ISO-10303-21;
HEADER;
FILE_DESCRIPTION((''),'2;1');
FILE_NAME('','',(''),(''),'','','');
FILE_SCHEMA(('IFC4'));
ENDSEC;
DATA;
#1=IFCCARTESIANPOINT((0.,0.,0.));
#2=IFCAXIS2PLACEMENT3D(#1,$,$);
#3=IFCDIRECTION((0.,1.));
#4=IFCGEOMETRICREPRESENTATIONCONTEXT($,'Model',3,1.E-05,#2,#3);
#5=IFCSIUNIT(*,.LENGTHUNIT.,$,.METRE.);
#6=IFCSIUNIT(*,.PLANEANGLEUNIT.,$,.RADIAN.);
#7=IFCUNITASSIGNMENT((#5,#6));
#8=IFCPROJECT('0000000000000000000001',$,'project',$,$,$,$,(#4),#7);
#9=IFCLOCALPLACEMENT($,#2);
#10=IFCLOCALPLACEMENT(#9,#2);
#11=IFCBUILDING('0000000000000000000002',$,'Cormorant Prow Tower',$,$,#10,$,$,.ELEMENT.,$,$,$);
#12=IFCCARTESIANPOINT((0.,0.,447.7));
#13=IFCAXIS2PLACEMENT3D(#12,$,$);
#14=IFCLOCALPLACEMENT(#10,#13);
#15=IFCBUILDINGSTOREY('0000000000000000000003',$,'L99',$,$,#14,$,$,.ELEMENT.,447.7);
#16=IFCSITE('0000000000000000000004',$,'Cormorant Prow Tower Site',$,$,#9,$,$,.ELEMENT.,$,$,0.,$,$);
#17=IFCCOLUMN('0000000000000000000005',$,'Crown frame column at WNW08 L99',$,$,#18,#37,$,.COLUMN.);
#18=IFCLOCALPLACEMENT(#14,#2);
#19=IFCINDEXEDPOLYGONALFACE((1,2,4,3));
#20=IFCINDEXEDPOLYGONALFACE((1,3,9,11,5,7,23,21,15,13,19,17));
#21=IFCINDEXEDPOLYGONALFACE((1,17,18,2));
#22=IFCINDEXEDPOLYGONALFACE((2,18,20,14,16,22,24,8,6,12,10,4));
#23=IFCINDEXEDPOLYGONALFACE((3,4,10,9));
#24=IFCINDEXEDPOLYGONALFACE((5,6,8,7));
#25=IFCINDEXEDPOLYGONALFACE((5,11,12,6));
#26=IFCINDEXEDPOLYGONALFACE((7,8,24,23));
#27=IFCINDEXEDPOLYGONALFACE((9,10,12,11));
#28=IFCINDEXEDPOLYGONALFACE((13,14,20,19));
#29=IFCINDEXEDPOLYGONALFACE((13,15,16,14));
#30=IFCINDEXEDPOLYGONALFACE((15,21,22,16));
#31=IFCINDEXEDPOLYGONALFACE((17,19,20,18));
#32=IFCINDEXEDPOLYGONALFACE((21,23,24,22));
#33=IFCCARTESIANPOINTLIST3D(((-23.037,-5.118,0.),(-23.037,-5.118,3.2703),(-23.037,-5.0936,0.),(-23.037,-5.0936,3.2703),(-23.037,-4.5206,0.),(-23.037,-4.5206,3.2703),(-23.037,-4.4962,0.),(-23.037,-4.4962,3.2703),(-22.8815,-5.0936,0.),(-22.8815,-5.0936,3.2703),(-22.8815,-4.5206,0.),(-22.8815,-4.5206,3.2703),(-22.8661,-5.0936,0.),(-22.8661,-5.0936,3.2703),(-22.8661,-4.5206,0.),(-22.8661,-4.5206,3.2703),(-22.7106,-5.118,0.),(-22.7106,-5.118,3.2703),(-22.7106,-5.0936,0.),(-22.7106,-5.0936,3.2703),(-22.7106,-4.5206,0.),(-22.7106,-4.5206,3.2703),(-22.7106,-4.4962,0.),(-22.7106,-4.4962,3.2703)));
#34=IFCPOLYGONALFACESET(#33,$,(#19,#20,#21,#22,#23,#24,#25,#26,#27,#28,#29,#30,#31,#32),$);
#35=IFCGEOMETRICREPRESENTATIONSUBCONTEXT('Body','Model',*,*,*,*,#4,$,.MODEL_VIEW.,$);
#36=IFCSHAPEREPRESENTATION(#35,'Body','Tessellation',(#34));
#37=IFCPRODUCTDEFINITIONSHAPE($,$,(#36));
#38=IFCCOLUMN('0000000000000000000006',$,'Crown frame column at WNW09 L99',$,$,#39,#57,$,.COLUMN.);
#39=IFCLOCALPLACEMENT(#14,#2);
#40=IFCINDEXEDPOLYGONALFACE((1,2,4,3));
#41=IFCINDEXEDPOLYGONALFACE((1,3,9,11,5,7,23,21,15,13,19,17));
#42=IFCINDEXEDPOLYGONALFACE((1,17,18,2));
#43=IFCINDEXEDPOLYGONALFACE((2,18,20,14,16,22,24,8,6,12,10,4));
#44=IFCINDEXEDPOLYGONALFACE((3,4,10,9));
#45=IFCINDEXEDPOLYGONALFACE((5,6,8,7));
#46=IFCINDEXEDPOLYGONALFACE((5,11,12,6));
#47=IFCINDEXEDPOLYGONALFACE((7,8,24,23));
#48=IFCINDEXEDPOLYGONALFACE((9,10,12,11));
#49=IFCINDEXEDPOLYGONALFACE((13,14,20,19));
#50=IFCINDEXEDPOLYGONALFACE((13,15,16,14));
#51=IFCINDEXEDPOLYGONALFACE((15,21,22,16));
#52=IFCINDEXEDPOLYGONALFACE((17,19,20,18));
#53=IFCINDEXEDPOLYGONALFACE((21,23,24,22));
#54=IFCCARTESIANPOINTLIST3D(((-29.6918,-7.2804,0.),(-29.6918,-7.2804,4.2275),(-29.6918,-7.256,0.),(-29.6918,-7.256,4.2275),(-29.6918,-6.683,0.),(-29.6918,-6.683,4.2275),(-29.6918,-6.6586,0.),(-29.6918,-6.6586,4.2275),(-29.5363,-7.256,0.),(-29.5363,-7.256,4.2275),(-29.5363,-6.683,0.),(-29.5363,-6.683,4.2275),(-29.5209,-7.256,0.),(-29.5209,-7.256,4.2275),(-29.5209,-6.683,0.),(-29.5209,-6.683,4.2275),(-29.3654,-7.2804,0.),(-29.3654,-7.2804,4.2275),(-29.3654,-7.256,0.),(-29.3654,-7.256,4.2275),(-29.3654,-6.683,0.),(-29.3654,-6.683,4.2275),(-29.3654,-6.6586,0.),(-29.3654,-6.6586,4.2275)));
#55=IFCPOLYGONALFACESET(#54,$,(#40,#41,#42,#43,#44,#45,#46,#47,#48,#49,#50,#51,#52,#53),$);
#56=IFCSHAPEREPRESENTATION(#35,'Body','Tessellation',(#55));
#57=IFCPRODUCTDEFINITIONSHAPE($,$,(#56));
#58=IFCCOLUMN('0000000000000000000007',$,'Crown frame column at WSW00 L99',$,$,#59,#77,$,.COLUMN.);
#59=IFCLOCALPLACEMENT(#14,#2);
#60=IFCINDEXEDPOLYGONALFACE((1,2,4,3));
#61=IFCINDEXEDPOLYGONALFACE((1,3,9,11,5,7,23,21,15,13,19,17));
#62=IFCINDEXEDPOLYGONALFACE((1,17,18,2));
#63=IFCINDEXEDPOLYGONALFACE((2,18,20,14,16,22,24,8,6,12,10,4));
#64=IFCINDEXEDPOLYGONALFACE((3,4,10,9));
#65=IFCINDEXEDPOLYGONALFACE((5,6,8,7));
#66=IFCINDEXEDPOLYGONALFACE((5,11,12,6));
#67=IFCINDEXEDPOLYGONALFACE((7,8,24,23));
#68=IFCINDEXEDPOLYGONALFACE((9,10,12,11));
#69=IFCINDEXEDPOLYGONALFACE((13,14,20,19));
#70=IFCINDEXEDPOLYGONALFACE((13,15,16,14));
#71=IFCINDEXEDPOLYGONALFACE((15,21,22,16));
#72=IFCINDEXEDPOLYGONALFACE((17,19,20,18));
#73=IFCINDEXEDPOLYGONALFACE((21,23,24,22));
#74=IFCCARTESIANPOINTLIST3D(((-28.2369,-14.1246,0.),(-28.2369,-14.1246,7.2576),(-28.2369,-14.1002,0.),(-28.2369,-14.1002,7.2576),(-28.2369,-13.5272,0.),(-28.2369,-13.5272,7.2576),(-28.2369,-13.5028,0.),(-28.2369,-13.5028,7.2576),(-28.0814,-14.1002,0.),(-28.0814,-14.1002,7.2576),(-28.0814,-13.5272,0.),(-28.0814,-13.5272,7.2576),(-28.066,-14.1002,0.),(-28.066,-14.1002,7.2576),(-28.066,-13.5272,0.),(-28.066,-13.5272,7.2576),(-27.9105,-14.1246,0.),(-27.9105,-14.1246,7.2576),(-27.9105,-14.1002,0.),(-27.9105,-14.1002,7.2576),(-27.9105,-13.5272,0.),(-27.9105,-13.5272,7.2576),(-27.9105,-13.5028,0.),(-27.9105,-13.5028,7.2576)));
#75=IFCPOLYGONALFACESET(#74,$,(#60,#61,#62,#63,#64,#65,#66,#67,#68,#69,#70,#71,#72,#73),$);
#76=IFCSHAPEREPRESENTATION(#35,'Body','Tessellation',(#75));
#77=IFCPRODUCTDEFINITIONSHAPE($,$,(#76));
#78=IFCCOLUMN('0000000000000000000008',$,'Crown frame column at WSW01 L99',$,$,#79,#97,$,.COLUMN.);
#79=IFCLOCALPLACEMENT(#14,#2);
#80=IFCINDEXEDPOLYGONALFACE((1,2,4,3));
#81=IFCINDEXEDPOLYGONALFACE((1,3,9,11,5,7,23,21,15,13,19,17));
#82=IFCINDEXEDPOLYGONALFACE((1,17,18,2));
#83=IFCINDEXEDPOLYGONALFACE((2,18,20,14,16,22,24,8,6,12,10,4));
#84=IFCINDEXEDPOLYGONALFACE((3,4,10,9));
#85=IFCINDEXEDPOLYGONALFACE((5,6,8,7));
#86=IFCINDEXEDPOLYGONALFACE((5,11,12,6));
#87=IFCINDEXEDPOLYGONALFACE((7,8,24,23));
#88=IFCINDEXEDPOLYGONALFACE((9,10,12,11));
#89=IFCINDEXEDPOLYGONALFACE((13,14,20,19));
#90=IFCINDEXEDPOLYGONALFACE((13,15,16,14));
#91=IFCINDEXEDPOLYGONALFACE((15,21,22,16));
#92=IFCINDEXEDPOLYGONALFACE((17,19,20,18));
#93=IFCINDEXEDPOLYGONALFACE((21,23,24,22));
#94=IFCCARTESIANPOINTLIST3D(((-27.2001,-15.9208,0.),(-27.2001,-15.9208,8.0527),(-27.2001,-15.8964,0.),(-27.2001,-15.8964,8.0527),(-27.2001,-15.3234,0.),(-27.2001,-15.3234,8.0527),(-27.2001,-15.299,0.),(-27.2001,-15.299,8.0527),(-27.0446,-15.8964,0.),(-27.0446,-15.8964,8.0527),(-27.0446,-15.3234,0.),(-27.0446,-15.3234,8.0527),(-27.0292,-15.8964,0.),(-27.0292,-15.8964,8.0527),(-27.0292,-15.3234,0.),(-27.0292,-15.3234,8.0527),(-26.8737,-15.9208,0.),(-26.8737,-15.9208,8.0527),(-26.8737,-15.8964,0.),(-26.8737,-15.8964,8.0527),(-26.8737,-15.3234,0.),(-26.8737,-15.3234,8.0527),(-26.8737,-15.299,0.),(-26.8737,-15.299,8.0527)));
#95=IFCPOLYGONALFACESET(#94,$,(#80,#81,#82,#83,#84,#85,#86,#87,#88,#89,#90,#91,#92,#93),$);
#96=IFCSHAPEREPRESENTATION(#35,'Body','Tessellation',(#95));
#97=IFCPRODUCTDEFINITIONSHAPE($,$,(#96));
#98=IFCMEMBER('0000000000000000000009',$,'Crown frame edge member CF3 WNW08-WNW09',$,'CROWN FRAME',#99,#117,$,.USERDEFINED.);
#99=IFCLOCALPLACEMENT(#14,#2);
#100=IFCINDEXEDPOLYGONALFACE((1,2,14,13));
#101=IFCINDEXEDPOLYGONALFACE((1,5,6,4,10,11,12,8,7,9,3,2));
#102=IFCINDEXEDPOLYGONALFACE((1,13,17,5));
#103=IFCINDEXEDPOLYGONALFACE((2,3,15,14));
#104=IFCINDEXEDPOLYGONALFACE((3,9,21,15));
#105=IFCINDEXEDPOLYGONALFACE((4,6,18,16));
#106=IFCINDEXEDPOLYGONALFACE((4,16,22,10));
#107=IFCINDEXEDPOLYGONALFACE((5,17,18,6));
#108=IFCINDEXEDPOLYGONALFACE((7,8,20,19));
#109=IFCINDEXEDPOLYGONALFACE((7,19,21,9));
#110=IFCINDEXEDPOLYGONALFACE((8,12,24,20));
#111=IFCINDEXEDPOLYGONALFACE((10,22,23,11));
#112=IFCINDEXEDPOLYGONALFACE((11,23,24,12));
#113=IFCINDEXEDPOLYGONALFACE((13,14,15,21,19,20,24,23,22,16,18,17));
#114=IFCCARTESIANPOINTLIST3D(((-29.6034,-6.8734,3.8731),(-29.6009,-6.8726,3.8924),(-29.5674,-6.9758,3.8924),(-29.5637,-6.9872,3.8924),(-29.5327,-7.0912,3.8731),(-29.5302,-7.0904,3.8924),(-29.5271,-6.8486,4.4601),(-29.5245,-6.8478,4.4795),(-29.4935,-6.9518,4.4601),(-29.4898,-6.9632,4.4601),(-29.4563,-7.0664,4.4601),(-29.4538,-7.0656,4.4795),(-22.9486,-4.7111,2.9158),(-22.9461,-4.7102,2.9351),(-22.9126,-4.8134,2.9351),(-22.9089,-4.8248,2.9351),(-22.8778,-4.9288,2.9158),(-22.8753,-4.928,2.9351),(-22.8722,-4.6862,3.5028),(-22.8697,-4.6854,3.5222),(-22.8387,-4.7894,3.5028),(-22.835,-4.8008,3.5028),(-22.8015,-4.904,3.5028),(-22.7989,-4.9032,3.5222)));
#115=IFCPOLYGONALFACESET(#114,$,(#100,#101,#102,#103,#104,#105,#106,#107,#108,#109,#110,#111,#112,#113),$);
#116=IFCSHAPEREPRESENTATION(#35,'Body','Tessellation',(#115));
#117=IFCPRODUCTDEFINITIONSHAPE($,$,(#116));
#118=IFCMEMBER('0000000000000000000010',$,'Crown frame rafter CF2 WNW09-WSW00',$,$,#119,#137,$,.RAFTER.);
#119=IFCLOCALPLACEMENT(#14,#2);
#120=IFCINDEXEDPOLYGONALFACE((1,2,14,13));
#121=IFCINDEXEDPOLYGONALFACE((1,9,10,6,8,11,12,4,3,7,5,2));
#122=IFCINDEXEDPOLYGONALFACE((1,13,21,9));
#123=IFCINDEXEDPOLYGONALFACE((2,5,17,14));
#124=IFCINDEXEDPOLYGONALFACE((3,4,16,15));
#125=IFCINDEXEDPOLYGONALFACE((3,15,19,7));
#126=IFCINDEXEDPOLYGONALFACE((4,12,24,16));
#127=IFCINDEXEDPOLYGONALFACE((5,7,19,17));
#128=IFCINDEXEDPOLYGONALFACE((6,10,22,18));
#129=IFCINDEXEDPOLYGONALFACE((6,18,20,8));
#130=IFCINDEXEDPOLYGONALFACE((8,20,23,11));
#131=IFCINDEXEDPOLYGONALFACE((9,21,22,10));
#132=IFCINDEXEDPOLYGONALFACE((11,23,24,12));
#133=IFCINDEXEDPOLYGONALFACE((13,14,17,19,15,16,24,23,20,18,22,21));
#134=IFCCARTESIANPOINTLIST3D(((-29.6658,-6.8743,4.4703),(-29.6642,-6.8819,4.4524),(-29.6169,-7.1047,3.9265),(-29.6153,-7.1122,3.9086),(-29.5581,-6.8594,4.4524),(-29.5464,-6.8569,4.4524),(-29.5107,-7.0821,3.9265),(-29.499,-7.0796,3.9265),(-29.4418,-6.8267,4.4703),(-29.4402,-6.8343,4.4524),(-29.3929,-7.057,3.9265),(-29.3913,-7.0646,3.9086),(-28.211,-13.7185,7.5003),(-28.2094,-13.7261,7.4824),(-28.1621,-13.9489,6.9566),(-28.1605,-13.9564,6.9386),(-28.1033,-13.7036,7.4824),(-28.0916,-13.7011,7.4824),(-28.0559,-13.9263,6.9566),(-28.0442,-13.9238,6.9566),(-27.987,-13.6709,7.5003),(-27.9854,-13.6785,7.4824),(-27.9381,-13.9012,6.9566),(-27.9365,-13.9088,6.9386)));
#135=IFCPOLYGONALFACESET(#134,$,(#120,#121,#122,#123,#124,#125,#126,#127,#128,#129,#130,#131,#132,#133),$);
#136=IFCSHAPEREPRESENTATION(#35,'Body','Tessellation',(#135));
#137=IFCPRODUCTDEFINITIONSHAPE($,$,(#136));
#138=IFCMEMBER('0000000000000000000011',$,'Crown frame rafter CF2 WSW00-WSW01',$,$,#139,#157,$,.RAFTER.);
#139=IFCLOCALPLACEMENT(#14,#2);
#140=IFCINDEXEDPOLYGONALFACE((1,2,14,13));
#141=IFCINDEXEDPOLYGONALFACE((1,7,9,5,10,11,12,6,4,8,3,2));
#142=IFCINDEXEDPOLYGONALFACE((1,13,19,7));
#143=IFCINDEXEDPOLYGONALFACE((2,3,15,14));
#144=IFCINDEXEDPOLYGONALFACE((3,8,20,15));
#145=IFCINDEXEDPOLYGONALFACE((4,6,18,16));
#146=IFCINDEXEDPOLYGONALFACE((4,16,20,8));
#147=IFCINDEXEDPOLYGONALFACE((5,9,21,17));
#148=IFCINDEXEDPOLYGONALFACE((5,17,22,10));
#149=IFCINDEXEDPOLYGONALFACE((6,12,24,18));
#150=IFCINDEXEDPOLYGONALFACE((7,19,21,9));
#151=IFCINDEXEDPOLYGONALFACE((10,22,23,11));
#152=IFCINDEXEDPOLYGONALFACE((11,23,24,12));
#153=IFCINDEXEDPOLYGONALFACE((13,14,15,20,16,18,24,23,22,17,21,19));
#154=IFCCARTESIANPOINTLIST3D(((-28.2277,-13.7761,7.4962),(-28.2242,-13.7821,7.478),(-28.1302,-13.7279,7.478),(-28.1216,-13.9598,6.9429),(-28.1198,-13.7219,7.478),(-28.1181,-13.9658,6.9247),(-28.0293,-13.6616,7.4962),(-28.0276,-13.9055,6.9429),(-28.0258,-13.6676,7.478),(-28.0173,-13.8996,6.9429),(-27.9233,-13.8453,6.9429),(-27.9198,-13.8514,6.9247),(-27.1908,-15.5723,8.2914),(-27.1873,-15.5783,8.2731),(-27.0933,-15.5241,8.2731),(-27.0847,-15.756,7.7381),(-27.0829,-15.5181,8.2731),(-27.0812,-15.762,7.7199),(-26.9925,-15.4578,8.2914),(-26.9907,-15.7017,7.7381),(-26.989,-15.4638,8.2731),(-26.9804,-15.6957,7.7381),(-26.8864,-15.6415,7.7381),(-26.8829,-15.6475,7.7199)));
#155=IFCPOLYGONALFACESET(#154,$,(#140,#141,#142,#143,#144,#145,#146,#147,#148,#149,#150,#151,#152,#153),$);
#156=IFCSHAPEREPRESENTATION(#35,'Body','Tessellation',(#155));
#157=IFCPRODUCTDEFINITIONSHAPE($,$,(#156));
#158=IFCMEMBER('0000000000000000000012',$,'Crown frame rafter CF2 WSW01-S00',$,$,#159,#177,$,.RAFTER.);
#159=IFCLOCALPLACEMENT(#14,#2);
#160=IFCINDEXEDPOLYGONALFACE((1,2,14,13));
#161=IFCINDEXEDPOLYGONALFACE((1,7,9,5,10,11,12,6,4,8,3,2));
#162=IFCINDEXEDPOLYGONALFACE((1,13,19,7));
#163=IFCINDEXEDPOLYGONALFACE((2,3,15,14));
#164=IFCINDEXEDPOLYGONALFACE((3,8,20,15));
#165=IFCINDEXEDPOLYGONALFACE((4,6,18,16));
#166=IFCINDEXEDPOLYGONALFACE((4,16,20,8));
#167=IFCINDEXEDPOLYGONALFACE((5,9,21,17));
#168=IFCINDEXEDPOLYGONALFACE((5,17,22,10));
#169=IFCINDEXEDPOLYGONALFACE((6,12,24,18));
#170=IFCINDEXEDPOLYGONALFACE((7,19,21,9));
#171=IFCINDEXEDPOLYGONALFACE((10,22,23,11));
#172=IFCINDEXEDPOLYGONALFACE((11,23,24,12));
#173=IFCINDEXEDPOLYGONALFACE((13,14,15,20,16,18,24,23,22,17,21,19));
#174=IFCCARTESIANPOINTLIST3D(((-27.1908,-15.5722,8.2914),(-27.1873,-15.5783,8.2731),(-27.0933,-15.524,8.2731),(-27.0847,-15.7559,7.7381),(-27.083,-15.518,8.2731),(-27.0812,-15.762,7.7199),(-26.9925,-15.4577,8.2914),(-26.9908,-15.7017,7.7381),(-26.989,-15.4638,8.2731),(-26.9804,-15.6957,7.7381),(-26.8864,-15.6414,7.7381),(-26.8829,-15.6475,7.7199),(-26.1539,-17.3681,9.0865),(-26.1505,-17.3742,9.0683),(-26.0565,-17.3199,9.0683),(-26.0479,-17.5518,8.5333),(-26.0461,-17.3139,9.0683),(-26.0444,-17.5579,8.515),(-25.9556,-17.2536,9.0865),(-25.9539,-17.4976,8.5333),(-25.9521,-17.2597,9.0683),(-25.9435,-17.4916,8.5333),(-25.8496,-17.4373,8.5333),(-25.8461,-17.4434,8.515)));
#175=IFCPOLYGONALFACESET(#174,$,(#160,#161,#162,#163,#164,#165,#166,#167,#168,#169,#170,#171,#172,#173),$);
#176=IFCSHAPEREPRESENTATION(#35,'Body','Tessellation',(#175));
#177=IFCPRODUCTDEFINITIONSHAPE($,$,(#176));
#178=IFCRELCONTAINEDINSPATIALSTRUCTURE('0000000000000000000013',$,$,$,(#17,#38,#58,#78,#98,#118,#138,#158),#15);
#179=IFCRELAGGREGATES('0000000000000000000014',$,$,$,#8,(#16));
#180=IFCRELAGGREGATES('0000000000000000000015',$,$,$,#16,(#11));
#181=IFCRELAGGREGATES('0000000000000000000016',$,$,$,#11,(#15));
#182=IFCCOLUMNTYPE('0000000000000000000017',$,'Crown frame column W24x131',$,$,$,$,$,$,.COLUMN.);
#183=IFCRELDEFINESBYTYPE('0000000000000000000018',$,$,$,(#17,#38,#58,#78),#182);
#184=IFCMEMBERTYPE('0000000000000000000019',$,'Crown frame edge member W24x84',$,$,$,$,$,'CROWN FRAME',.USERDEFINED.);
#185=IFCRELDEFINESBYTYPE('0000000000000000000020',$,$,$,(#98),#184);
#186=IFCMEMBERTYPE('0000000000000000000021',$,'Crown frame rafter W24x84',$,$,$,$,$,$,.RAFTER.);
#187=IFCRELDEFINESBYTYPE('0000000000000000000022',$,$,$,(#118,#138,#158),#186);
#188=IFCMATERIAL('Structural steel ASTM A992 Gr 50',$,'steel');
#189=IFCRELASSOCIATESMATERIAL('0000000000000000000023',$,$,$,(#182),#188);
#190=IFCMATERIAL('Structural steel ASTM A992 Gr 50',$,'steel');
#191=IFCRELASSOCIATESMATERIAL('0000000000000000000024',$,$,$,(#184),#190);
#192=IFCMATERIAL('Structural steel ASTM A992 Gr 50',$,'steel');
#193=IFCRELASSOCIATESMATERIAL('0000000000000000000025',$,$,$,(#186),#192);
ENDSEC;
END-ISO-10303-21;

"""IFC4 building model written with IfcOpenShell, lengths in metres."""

from ifc_helpers import new_model, si_unit, direction, frame, origin, origin_2d, place, context, subcontext, project, spatial, i_section, extrude, material, material_profile, profile_set, type_object, element, save


model = new_model("IFC4")

# Units and contexts
model_context = context("Model", 3, precision=1e-05, world=origin(), true_north=direction((0.0, 1.0)))
body_context = subcontext(model_context, "Body", "Model", "MODEL_VIEW")
ifc_project = project(units=[si_unit("LENGTHUNIT", "METRE"), si_unit("PLANEANGLEUNIT", "RADIAN")], contexts=[model_context])

# Site, building, storey
site_placement = place(None, origin())
site = spatial("IfcSite", under=ifc_project, at=site_placement, Name="Cormorant Prow Tower Site", CompositionType="ELEMENT", RefElevation=0.0)
building_placement = place(site_placement, origin())
building = spatial("IfcBuilding", under=site, at=building_placement, Name="Cormorant Prow Tower", CompositionType="ELEMENT")
storey_placement = place(building_placement, frame((0.0, 0.0, 447.7)))
storey = spatial("IfcBuildingStorey", under=building, at=storey_placement, Name="L99", CompositionType="ELEMENT", Elevation=447.7)

# Columns
ifc_material_1 = material(Name="Structural steel ASTM A992 Gr 50", Category="steel")
ifc_material_profile_1 = material_profile(ifc_material_1, i_section(OverallWidth=0.3264, OverallDepth=0.6218, WebThickness=0.0154, FlangeThickness=0.0244, at=origin_2d()), Name="W24x131")
ifc_profile_set_1 = profile_set([ifc_material_profile_1], Name="Structural steel ASTM A992 Gr 50")
column_type = type_object("IfcColumnType", Name="Crown frame column W24x131", PredefinedType="COLUMN", material=ifc_profile_set_1)
column_1_placement = place(storey_placement, frame((-22.8738, -4.8071, 0.0), z_axis=(0.0, 0.0, 1.0), x_axis=(1.0, 0.0, 0.0)))
element("IfcColumn", 1, at=column_1_placement, inside=storey, type_object=column_type, Name="Crown frame column at WNW08 L99", PredefinedType="COLUMN", context=body_context, shape_type="SweptSolid", body=[
    extrude(i_section(OverallWidth=0.3264, OverallDepth=0.6218, WebThickness=0.0154, FlangeThickness=0.0244, at=origin_2d()), origin(), (0.0, 0.0, 1.0), 3.2703),
])
column_2_placement = place(storey_placement, frame((-29.5286, -6.9695, 0.0), z_axis=(0.0, 0.0, 1.0), x_axis=(1.0, 0.0, 0.0)))
element("IfcColumn", 2, at=column_2_placement, inside=storey, type_object=column_type, Name="Crown frame column at WNW09 L99", PredefinedType="COLUMN", context=body_context, shape_type="SweptSolid", body=[
    extrude(i_section(OverallWidth=0.3264, OverallDepth=0.6218, WebThickness=0.0154, FlangeThickness=0.0244, at=origin_2d()), origin(), (0.0, 0.0, 1.0), 4.2275),
])
column_3_placement = place(storey_placement, frame((-28.0737, -13.8137, 0.0), z_axis=(0.0, 0.0, 1.0), x_axis=(1.0, 0.0, 0.0)))
element("IfcColumn", 3, at=column_3_placement, inside=storey, type_object=column_type, Name="Crown frame column at WSW00 L99", PredefinedType="COLUMN", context=body_context, shape_type="SweptSolid", body=[
    extrude(i_section(OverallWidth=0.3264, OverallDepth=0.6218, WebThickness=0.0154, FlangeThickness=0.0244, at=origin_2d()), origin(), (0.0, 0.0, 1.0), 7.2576),
])
column_4_placement = place(storey_placement, frame((-27.0369, -15.6099, 0.0), z_axis=(0.0, 0.0, 1.0), x_axis=(1.0, 0.0, 0.0)))
element("IfcColumn", 4, at=column_4_placement, inside=storey, type_object=column_type, Name="Crown frame column at WSW01 L99", PredefinedType="COLUMN", context=body_context, shape_type="SweptSolid", body=[
    extrude(i_section(OverallWidth=0.3264, OverallDepth=0.6218, WebThickness=0.0154, FlangeThickness=0.0244, at=origin_2d()), origin(), (0.0, 0.0, 1.0), 8.0527),
])

# Members
ifc_material_2 = material(Name="Structural steel ASTM A992 Gr 50", Category="steel")
ifc_material_profile_2 = material_profile(ifc_material_2, i_section(OverallWidth=0.229, OverallDepth=0.6121, WebThickness=0.012, FlangeThickness=0.0195, at=origin_2d()), Name="W24x84")
ifc_profile_set_2 = profile_set([ifc_material_profile_2], Name="Structural steel ASTM A992 Gr 50")
member_type_1 = type_object("IfcMemberType", Name="Crown frame edge member W24x84", ElementType="CROWN FRAME", PredefinedType="USERDEFINED", material=ifc_profile_set_2)
member_1_placement = place(storey_placement, frame((-22.8738, -4.8071, 3.219), z_axis=(-0.942276, -0.306176, 0.135544), x_axis=(0.309028, -0.951053, 0.0)))
element("IfcMember", 5, at=member_1_placement, inside=storey, type_object=member_type_1, Name="Crown frame edge member CF3 WNW08-WNW09", ObjectType="CROWN FRAME", PredefinedType="USERDEFINED", context=body_context, shape_type="SweptSolid", body=[
    extrude(i_section(OverallWidth=0.229, OverallDepth=0.6121, WebThickness=0.012, FlangeThickness=0.0195, at=origin_2d()), origin(), (0.0, 0.0, 1.0), 7.0625),
])
ifc_material_3 = material(Name="Structural steel ASTM A992 Gr 50", Category="steel")
ifc_material_profile_3 = material_profile(ifc_material_3, i_section(OverallWidth=0.229, OverallDepth=0.6121, WebThickness=0.012, FlangeThickness=0.0195, at=origin_2d()), Name="W24x84")
ifc_profile_set_3 = profile_set([ifc_material_profile_3], Name="Structural steel ASTM A992 Gr 50")
member_type_2 = type_object("IfcMemberType", Name="Crown frame rafter W24x84", PredefinedType="RAFTER", material=ifc_profile_set_3)
member_2_placement = place(storey_placement, frame((-29.5286, -6.9695, 4.1895), z_axis=(0.190797, -0.8976, 0.397379), x_axis=(0.978146, 0.207918, 0.0)))
element("IfcMember", 6, at=member_2_placement, inside=storey, type_object=member_type_2, Name="Crown frame rafter CF2 WNW09-WSW00", PredefinedType="RAFTER", context=body_context, shape_type="SweptSolid", body=[
    extrude(i_section(OverallWidth=0.229, OverallDepth=0.6121, WebThickness=0.012, FlangeThickness=0.0195, at=origin_2d()), origin(), (0.0, 0.0, 1.0), 7.625),
])
member_3_placement = place(storey_placement, frame((-28.0737, -13.8137, 7.2104), z_axis=(0.466815, -0.808654, 0.357997), x_axis=(0.866054, 0.49995, 0.0)))
element("IfcMember", 7, at=member_3_placement, inside=storey, type_object=member_type_2, Name="Crown frame rafter CF2 WSW00-WSW01", PredefinedType="RAFTER", context=body_context, shape_type="SweptSolid", body=[
    extrude(i_section(OverallWidth=0.229, OverallDepth=0.6121, WebThickness=0.012, FlangeThickness=0.0195, at=origin_2d()), origin(), (0.0, 0.0, 1.0), 2.2212),
])
member_4_placement = place(storey_placement, frame((-27.0369, -15.6099, 8.0056), z_axis=(0.466856, -0.808616, 0.358029), x_axis=(0.866025, 0.500001, 0.0)))
element("IfcMember", 8, at=member_4_placement, inside=storey, type_object=member_type_2, Name="Crown frame rafter CF2 WSW01-S00", PredefinedType="RAFTER", context=body_context, shape_type="SweptSolid", body=[
    extrude(i_section(OverallWidth=0.229, OverallDepth=0.6121, WebThickness=0.012, FlangeThickness=0.0195, at=origin_2d()), origin(), (0.0, 0.0, 1.0), 2.2209),
])

save(model, "model.ifc")
